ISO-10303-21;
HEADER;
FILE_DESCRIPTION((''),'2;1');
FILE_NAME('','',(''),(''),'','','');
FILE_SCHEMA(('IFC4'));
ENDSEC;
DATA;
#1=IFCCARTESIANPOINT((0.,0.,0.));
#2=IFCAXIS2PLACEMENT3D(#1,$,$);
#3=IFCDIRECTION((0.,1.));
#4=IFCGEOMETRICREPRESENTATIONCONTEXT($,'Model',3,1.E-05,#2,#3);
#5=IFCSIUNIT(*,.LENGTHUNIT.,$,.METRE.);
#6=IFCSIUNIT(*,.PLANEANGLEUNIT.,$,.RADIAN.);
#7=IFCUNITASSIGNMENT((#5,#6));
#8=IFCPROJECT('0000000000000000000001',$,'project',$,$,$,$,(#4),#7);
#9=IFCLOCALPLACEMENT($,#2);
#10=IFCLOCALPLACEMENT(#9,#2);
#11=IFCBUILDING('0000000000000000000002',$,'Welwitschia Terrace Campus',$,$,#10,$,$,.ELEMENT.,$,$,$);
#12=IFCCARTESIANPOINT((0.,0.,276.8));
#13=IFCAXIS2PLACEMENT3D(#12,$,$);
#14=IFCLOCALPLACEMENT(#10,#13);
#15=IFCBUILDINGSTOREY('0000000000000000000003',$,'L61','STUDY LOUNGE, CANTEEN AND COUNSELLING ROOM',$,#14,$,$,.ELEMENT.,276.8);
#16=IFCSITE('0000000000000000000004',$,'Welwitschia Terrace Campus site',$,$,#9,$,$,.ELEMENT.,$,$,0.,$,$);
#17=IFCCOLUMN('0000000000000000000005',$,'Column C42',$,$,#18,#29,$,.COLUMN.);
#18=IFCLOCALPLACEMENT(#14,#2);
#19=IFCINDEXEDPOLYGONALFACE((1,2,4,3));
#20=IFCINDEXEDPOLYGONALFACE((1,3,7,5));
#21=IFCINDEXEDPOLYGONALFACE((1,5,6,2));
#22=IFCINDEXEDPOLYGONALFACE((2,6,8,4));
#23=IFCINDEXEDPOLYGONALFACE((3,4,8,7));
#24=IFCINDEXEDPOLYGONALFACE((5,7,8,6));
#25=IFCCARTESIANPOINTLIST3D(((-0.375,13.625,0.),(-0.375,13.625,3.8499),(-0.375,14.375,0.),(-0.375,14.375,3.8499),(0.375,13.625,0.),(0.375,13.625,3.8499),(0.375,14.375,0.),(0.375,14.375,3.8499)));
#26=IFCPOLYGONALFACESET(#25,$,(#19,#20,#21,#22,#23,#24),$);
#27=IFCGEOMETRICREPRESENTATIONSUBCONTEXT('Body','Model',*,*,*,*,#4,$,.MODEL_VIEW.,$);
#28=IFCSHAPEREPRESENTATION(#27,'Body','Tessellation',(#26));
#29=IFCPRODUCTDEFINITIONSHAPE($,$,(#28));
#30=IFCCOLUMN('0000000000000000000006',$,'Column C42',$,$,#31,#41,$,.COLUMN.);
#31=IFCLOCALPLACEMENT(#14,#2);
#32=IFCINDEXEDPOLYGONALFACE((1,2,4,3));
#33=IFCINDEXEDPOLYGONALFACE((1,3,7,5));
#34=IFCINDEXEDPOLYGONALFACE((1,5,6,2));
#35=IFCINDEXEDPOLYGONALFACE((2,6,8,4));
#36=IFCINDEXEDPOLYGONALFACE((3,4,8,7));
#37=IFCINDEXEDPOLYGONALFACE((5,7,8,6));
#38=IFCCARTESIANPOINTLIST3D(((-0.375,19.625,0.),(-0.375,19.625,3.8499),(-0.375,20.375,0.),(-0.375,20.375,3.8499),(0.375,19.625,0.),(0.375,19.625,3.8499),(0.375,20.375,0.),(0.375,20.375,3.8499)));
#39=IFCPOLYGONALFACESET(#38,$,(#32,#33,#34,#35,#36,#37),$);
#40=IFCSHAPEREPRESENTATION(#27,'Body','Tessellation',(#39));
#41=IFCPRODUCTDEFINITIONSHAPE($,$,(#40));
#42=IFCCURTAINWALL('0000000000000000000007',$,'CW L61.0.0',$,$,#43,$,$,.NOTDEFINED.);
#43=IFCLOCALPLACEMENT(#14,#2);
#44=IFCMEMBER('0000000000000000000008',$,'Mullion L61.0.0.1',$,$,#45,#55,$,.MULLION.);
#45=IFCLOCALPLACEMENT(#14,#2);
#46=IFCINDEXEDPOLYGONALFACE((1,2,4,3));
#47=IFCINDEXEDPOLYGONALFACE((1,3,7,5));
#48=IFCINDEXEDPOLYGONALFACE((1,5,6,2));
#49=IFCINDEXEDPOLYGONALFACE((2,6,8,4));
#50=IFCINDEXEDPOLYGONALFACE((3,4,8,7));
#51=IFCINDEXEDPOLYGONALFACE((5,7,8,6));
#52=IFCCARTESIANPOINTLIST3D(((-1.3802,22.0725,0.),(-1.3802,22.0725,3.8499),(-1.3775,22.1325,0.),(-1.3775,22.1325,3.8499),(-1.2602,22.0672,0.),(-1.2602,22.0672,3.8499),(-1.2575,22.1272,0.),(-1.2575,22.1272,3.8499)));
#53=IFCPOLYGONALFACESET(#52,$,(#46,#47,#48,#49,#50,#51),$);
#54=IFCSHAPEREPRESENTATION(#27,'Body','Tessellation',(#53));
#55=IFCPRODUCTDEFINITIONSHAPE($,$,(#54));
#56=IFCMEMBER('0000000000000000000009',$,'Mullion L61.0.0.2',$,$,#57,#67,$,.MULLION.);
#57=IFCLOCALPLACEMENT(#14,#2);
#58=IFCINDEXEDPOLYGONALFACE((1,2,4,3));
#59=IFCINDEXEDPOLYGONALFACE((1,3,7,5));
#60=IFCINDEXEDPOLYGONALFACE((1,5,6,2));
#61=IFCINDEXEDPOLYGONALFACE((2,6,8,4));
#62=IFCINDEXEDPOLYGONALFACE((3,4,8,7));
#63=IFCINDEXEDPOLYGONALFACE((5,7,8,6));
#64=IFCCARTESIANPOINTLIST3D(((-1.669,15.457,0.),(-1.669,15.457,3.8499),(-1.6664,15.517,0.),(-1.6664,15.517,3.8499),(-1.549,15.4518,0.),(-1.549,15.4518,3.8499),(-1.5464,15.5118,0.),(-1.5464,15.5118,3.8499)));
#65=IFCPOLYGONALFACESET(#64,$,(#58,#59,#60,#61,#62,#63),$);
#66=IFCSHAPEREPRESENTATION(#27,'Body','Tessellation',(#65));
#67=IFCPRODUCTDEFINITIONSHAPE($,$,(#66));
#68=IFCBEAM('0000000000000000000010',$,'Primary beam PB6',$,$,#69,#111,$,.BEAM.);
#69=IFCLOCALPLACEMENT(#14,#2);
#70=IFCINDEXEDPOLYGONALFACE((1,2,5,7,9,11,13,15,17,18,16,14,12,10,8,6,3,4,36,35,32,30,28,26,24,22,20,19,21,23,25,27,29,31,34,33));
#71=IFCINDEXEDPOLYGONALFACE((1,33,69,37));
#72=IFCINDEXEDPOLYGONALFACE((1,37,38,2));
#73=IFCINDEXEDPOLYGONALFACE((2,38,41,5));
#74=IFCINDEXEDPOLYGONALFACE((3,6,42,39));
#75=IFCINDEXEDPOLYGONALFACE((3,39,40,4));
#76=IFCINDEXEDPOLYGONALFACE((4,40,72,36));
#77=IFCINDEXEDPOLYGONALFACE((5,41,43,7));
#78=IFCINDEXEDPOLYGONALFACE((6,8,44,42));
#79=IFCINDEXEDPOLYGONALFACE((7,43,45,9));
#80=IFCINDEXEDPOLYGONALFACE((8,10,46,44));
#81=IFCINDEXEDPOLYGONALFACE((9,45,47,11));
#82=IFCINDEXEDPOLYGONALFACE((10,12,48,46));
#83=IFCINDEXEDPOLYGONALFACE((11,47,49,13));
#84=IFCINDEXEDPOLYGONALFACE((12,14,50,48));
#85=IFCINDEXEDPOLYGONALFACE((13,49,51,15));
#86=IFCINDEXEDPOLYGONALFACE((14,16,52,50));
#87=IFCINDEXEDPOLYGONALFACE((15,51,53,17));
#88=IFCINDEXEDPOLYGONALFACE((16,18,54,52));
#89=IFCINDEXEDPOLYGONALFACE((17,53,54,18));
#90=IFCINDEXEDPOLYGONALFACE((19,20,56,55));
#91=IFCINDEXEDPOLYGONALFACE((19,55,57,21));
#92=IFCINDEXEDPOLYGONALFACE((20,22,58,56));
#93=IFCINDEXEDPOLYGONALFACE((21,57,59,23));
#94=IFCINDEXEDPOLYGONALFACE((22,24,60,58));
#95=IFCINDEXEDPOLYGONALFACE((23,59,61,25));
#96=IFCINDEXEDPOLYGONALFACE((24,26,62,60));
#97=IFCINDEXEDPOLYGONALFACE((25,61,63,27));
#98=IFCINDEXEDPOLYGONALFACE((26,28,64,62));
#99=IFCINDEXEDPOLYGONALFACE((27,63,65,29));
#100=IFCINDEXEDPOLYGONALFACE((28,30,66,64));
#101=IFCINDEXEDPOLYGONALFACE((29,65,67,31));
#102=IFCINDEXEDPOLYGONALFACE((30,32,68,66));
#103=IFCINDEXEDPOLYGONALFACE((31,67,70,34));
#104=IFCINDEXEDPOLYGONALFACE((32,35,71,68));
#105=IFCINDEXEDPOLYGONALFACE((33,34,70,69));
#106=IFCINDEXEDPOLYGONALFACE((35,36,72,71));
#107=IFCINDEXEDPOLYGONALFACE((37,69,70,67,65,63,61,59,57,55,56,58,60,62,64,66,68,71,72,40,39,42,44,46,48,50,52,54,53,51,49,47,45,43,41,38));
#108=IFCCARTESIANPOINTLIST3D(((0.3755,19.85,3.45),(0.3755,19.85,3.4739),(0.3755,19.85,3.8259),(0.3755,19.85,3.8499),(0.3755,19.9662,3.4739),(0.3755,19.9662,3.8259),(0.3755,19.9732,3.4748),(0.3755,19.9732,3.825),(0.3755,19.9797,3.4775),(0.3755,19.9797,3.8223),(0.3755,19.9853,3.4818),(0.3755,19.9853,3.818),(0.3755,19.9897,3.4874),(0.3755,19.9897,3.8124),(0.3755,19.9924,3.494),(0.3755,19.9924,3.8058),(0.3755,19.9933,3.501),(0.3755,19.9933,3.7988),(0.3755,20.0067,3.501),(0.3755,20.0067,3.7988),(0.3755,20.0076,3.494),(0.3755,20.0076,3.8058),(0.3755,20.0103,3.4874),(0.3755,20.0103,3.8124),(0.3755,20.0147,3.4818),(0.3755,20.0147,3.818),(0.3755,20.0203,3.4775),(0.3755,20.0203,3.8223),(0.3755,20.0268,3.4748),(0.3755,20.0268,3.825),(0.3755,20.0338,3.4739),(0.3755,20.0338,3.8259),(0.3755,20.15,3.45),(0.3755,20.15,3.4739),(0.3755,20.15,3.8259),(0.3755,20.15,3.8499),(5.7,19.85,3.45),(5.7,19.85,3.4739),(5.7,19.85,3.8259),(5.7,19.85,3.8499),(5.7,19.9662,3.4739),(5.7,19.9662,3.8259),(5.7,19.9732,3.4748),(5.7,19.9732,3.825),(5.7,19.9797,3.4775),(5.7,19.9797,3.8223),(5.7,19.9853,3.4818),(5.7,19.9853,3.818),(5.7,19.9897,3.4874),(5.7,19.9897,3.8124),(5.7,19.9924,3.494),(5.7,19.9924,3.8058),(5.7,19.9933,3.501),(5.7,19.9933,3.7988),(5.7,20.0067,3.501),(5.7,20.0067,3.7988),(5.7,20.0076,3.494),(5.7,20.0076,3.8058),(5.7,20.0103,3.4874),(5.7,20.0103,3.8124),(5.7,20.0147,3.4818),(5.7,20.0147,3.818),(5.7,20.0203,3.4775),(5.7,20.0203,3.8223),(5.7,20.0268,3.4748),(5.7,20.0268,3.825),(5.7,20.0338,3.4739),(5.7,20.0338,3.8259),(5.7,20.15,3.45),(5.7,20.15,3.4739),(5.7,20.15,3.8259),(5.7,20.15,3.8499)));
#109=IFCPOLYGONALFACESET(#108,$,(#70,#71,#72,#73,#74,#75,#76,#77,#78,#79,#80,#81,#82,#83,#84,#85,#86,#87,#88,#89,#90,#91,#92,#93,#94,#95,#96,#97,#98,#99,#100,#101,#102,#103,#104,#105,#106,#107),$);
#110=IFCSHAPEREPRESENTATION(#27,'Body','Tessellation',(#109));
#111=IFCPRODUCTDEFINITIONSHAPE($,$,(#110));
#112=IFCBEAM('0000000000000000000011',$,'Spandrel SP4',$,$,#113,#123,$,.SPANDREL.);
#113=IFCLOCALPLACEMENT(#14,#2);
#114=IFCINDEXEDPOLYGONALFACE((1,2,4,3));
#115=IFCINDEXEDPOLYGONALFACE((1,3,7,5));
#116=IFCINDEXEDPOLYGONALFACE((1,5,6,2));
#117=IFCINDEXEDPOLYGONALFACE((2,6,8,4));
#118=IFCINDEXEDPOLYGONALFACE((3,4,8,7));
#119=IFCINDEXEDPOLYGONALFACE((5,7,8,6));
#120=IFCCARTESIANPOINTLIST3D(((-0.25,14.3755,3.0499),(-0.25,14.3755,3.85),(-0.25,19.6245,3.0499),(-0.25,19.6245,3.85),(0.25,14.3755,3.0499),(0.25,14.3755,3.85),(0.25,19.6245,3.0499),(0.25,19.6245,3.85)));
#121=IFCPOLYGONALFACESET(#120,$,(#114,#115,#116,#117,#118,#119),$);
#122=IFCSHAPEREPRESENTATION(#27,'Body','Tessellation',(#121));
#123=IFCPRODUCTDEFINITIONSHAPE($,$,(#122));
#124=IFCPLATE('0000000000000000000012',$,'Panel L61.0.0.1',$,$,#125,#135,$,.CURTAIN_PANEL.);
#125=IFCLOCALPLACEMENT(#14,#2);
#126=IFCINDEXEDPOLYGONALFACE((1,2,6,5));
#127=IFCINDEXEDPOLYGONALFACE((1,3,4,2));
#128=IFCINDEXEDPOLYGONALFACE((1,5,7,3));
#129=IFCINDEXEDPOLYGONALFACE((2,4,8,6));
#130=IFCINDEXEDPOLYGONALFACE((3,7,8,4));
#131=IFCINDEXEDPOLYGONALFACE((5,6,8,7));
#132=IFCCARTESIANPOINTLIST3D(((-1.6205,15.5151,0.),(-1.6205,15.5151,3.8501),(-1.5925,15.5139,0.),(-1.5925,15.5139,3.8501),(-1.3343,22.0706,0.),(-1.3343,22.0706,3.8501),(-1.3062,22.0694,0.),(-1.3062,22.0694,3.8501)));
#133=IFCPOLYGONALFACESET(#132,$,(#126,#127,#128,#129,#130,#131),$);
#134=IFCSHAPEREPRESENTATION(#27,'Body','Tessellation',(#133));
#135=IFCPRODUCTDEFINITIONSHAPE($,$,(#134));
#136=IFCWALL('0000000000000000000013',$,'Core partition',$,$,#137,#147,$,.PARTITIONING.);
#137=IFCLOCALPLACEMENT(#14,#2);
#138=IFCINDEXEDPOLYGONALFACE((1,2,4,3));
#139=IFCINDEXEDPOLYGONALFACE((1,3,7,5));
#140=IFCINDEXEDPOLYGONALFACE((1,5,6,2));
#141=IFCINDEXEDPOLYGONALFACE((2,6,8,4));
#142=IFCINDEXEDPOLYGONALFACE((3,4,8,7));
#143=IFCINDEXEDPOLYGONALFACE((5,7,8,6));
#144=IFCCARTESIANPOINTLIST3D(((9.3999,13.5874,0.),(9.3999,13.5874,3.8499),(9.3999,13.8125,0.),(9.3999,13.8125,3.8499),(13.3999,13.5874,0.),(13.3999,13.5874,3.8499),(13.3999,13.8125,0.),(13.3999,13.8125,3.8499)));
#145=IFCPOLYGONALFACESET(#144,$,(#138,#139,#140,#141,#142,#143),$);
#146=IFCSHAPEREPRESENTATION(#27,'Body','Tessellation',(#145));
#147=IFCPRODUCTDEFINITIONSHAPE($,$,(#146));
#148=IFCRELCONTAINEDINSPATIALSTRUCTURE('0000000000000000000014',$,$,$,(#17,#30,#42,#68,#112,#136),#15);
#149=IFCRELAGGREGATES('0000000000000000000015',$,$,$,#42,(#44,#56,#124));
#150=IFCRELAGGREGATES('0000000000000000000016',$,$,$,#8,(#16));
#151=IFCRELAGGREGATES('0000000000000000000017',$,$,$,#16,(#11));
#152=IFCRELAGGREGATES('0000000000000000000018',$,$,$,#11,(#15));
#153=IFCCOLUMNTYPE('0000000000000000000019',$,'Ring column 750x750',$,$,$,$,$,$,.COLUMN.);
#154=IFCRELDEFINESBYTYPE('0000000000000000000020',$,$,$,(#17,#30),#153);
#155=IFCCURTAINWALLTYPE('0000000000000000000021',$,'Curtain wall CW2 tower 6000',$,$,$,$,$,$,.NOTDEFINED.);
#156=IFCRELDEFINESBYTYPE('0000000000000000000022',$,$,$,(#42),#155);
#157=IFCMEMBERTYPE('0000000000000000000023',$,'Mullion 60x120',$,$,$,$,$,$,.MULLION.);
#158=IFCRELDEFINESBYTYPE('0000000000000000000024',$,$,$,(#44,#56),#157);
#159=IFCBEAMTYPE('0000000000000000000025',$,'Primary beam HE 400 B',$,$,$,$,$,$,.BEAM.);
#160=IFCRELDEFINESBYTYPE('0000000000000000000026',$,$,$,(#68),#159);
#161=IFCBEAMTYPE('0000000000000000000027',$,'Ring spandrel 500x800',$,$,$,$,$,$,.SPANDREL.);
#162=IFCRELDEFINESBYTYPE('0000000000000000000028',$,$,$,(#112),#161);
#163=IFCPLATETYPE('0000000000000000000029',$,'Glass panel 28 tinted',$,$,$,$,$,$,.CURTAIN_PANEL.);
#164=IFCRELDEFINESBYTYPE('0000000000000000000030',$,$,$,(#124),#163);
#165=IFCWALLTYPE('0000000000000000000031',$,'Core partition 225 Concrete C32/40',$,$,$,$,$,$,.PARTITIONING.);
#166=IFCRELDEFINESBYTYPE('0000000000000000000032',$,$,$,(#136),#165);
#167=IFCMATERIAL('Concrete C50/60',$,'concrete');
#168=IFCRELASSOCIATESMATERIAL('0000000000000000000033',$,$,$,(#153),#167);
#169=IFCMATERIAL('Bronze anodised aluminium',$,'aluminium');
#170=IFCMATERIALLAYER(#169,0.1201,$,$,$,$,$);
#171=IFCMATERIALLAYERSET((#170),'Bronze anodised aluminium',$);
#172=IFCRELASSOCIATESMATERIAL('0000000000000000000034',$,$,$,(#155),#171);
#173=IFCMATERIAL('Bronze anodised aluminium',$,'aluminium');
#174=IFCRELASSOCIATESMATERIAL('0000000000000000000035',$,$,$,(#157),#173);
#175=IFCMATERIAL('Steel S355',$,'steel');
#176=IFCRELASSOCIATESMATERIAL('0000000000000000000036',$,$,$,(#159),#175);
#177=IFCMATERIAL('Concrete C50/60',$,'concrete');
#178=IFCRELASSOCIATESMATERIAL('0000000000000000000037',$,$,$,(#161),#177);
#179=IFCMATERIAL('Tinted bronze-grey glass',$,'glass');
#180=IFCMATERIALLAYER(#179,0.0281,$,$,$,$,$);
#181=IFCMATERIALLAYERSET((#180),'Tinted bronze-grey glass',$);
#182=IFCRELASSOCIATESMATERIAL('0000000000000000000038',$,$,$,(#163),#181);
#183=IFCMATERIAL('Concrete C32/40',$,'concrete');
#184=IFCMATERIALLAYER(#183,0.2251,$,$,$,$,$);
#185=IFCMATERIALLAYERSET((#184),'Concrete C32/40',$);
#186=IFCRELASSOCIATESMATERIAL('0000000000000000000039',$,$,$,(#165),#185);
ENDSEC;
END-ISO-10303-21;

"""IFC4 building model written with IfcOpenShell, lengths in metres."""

from ifc_helpers import new_model, si_unit, direction, frame, frame_2d, origin, origin_2d, place, context, subcontext, project, spatial, rectangle, i_section, extrude, material, layer, layer_set, material_profile, profile_set, type_object, element, aggregate, save


model = new_model("IFC4")

# Units and contexts
model_context = context("Model", 3, precision=1e-05, world=origin(), true_north=direction((0.0, 1.0)))
body_context = subcontext(model_context, "Body", "Model", "MODEL_VIEW")
ifc_project = project(units=[si_unit("LENGTHUNIT", "METRE"), si_unit("PLANEANGLEUNIT", "RADIAN")], contexts=[model_context])

# Site, building, storey
site_placement = place(None, origin())
site = spatial("IfcSite", under=ifc_project, at=site_placement, Name="Welwitschia Terrace Campus site", CompositionType="ELEMENT", RefElevation=0.0)
building_placement = place(site_placement, origin())
building = spatial("IfcBuilding", under=site, at=building_placement, Name="Welwitschia Terrace Campus", CompositionType="ELEMENT")
storey_placement = place(building_placement, frame((0.0, 0.0, 276.8)))
storey = spatial("IfcBuildingStorey", under=building, at=storey_placement, Name="L61", Description="STUDY LOUNGE, CANTEEN AND COUNSELLING ROOM", CompositionType="ELEMENT", Elevation=276.8)

# Columns
ifc_material_1 = material(Name="Concrete C50/60", Category="concrete")
ifc_material_profile_1 = material_profile(ifc_material_1, rectangle(XDim=0.75, YDim=0.75, at=origin_2d()))
ifc_profile_set_1 = profile_set([ifc_material_profile_1], Name="Concrete C50/60")
column_type = type_object("IfcColumnType", Name="Ring column 750x750", PredefinedType="COLUMN", material=ifc_profile_set_1)
for number, where, z_axis, x_axis, name in (
    (1, (0.0, 14.0, 0.0), (0.0, 0.0, 1.0), (1.0, 0.0, 0.0), "Column C42"),
    (2, (0.0, 20.0, 0.0), (0.0, 0.0, 1.0), (1.0, 0.0, 0.0), "Column C42"),
):
    element("IfcColumn", number, at=place(storey_placement, frame(where, z_axis=z_axis, x_axis=x_axis)), inside=storey, type_object=column_type, Name=name, PredefinedType="COLUMN", context=body_context, shape_type="SweptSolid", body=[
        extrude(rectangle(XDim=0.75, YDim=0.75, at=origin_2d()), origin(), (0.0, 0.0, 1.0), 3.8499),
    ])

# Curtain wall, members
ifc_material_2 = material(Name="Bronze anodised aluminium", Category="aluminium")
ifc_layer_1 = layer(ifc_material_2, 0.1201)
ifc_layer_set_1 = layer_set([ifc_layer_1], Name="Bronze anodised aluminium")
curtain_wall_type = type_object("IfcCurtainWallType", Name="Curtain wall CW2 tower 6000", PredefinedType="NOTDEFINED", material=ifc_layer_set_1)
curtain_wall_placement = place(storey_placement, origin())
curtain_wall = element("IfcCurtainWall", 3, at=curtain_wall_placement, inside=storey, type_object=curtain_wall_type, Name="CW L61.0.0", PredefinedType="NOTDEFINED")
ifc_material_3 = material(Name="Bronze anodised aluminium", Category="aluminium")
ifc_material_profile_2 = material_profile(ifc_material_3, rectangle(XDim=0.1201, YDim=0.0601, at=origin_2d()))
ifc_profile_set_2 = profile_set([ifc_material_profile_2], Name="Bronze anodised aluminium")
member_type = type_object("IfcMemberType", Name="Mullion 60x120", PredefinedType="MULLION", material=ifc_profile_set_2)
member_1_placement = place(storey_placement, frame((-1.3188, 22.0999, 0.0), z_axis=(0.0, 0.0, 1.0), x_axis=(0.999048, -0.043619, 0.0)))
member_1 = element("IfcMember", 4, at=member_1_placement, type_object=member_type, Name="Mullion L61.0.0.1", PredefinedType="MULLION", context=body_context, shape_type="SweptSolid", body=[
    extrude(rectangle(XDim=0.1201, YDim=0.0601, at=origin_2d()), origin(), (0.0, 0.0, 1.0), 3.8499),
])
member_2_placement = place(storey_placement, frame((-1.6077, 15.4844, 0.0), z_axis=(0.0, 0.0, 1.0), x_axis=(0.999048, -0.043619, 0.0)))
member_2 = element("IfcMember", 5, at=member_2_placement, type_object=member_type, Name="Mullion L61.0.0.2", PredefinedType="MULLION", context=body_context, shape_type="SweptSolid", body=[
    extrude(rectangle(XDim=0.1201, YDim=0.0601, at=origin_2d()), origin(), (0.0, 0.0, 1.0), 3.8499),
])

# Beams
ifc_material_4 = material(Name="Steel S355", Category="steel")
ifc_material_profile_3 = material_profile(ifc_material_4, i_section(OverallWidth=0.3, OverallDepth=0.3999, WebThickness=0.0134, FlangeThickness=0.0239, FilletRadius=0.0271, at=origin_2d()))
ifc_profile_set_3 = profile_set([ifc_material_profile_3], Name="Steel S355")
beam_type_1 = type_object("IfcBeamType", Name="Primary beam HE 400 B", PredefinedType="BEAM", material=ifc_profile_set_3)
beam_1_placement = place(storey_placement, frame((0.3755, 20.0, 3.6499), z_axis=(1.0, 0.0, 0.0), x_axis=(0.0, 1.0, 0.0)))
element("IfcBeam", 6, at=beam_1_placement, inside=storey, type_object=beam_type_1, Name="Primary beam PB6", PredefinedType="BEAM", context=body_context, shape_type="SweptSolid", body=[
    extrude(i_section(OverallWidth=0.3, OverallDepth=0.3999, WebThickness=0.0134, FlangeThickness=0.0239, FilletRadius=0.0271, at=origin_2d()), origin(), (0.0, 0.0, 1.0), 5.3245),
])
ifc_material_5 = material(Name="Concrete C50/60", Category="concrete")
ifc_material_profile_4 = material_profile(ifc_material_5, rectangle(XDim=0.5, YDim=0.8, at=origin_2d()))
ifc_profile_set_4 = profile_set([ifc_material_profile_4], Name="Concrete C50/60")
beam_type_2 = type_object("IfcBeamType", Name="Ring spandrel 500x800", PredefinedType="SPANDREL", material=ifc_profile_set_4)
beam_2_placement = place(storey_placement, frame((0.0, 19.6245, 3.45), z_axis=(0.0, -1.0, 0.0), x_axis=(1.0, 0.0, 0.0)))
element("IfcBeam", 7, at=beam_2_placement, inside=storey, type_object=beam_type_2, Name="Spandrel SP4", PredefinedType="SPANDREL", context=body_context, shape_type="SweptSolid", body=[
    extrude(rectangle(XDim=0.5, YDim=0.8, at=origin_2d()), origin(), (0.0, 0.0, 1.0), 5.249),
])

# Plate
ifc_material_6 = material(Name="Tinted bronze-grey glass", Category="glass")
ifc_layer_2 = layer(ifc_material_6, 0.0281)
ifc_layer_set_2 = layer_set([ifc_layer_2], Name="Tinted bronze-grey glass")
plate_type = type_object("IfcPlateType", Name="Glass panel 28 tinted", PredefinedType="CURTAIN_PANEL", material=ifc_layer_set_2)
plate_placement = place(storey_placement, frame((-1.4634, 18.7922, 0.0), z_axis=(0.0, 0.0, 1.0), x_axis=(-0.043619, -0.999048, 0.0)))
plate = element("IfcPlate", 8, at=plate_placement, type_object=plate_type, Name="Panel L61.0.0.1", PredefinedType="CURTAIN_PANEL", context=body_context, shape_type="SweptSolid", body=[
    extrude(rectangle(XDim=6.5618, YDim=0.0281, at=origin_2d()), origin(), (0.0, 0.0, 1.0), 3.8501),
])
aggregate(curtain_wall, [member_1, member_2, plate])

# Wall
ifc_material_7 = material(Name="Concrete C32/40", Category="concrete")
ifc_layer_3 = layer(ifc_material_7, 0.2251)
ifc_layer_set_3 = layer_set([ifc_layer_3], Name="Concrete C32/40")
wall_type_1 = type_object("IfcWallType", Name="Core partition 225 Concrete C32/40", PredefinedType="PARTITIONING", material=ifc_layer_set_3)
wall_1_placement = place(storey_placement, frame((9.3999, 13.7, 0.0), z_axis=(0.0, 0.0, 1.0), x_axis=(1.0, 0.0, 0.0)))
element("IfcWall", 9, at=wall_1_placement, inside=storey, type_object=wall_type_1, Name="Core partition", PredefinedType="PARTITIONING", context=body_context, shape_type="SweptSolid", body=[
    extrude(rectangle(XDim=4.0, YDim=0.2251, at=frame_2d((2.0, 0.0))), origin(), (0.0, 0.0, 1.0), 3.8499),
])

save(model, "model.ifc")
